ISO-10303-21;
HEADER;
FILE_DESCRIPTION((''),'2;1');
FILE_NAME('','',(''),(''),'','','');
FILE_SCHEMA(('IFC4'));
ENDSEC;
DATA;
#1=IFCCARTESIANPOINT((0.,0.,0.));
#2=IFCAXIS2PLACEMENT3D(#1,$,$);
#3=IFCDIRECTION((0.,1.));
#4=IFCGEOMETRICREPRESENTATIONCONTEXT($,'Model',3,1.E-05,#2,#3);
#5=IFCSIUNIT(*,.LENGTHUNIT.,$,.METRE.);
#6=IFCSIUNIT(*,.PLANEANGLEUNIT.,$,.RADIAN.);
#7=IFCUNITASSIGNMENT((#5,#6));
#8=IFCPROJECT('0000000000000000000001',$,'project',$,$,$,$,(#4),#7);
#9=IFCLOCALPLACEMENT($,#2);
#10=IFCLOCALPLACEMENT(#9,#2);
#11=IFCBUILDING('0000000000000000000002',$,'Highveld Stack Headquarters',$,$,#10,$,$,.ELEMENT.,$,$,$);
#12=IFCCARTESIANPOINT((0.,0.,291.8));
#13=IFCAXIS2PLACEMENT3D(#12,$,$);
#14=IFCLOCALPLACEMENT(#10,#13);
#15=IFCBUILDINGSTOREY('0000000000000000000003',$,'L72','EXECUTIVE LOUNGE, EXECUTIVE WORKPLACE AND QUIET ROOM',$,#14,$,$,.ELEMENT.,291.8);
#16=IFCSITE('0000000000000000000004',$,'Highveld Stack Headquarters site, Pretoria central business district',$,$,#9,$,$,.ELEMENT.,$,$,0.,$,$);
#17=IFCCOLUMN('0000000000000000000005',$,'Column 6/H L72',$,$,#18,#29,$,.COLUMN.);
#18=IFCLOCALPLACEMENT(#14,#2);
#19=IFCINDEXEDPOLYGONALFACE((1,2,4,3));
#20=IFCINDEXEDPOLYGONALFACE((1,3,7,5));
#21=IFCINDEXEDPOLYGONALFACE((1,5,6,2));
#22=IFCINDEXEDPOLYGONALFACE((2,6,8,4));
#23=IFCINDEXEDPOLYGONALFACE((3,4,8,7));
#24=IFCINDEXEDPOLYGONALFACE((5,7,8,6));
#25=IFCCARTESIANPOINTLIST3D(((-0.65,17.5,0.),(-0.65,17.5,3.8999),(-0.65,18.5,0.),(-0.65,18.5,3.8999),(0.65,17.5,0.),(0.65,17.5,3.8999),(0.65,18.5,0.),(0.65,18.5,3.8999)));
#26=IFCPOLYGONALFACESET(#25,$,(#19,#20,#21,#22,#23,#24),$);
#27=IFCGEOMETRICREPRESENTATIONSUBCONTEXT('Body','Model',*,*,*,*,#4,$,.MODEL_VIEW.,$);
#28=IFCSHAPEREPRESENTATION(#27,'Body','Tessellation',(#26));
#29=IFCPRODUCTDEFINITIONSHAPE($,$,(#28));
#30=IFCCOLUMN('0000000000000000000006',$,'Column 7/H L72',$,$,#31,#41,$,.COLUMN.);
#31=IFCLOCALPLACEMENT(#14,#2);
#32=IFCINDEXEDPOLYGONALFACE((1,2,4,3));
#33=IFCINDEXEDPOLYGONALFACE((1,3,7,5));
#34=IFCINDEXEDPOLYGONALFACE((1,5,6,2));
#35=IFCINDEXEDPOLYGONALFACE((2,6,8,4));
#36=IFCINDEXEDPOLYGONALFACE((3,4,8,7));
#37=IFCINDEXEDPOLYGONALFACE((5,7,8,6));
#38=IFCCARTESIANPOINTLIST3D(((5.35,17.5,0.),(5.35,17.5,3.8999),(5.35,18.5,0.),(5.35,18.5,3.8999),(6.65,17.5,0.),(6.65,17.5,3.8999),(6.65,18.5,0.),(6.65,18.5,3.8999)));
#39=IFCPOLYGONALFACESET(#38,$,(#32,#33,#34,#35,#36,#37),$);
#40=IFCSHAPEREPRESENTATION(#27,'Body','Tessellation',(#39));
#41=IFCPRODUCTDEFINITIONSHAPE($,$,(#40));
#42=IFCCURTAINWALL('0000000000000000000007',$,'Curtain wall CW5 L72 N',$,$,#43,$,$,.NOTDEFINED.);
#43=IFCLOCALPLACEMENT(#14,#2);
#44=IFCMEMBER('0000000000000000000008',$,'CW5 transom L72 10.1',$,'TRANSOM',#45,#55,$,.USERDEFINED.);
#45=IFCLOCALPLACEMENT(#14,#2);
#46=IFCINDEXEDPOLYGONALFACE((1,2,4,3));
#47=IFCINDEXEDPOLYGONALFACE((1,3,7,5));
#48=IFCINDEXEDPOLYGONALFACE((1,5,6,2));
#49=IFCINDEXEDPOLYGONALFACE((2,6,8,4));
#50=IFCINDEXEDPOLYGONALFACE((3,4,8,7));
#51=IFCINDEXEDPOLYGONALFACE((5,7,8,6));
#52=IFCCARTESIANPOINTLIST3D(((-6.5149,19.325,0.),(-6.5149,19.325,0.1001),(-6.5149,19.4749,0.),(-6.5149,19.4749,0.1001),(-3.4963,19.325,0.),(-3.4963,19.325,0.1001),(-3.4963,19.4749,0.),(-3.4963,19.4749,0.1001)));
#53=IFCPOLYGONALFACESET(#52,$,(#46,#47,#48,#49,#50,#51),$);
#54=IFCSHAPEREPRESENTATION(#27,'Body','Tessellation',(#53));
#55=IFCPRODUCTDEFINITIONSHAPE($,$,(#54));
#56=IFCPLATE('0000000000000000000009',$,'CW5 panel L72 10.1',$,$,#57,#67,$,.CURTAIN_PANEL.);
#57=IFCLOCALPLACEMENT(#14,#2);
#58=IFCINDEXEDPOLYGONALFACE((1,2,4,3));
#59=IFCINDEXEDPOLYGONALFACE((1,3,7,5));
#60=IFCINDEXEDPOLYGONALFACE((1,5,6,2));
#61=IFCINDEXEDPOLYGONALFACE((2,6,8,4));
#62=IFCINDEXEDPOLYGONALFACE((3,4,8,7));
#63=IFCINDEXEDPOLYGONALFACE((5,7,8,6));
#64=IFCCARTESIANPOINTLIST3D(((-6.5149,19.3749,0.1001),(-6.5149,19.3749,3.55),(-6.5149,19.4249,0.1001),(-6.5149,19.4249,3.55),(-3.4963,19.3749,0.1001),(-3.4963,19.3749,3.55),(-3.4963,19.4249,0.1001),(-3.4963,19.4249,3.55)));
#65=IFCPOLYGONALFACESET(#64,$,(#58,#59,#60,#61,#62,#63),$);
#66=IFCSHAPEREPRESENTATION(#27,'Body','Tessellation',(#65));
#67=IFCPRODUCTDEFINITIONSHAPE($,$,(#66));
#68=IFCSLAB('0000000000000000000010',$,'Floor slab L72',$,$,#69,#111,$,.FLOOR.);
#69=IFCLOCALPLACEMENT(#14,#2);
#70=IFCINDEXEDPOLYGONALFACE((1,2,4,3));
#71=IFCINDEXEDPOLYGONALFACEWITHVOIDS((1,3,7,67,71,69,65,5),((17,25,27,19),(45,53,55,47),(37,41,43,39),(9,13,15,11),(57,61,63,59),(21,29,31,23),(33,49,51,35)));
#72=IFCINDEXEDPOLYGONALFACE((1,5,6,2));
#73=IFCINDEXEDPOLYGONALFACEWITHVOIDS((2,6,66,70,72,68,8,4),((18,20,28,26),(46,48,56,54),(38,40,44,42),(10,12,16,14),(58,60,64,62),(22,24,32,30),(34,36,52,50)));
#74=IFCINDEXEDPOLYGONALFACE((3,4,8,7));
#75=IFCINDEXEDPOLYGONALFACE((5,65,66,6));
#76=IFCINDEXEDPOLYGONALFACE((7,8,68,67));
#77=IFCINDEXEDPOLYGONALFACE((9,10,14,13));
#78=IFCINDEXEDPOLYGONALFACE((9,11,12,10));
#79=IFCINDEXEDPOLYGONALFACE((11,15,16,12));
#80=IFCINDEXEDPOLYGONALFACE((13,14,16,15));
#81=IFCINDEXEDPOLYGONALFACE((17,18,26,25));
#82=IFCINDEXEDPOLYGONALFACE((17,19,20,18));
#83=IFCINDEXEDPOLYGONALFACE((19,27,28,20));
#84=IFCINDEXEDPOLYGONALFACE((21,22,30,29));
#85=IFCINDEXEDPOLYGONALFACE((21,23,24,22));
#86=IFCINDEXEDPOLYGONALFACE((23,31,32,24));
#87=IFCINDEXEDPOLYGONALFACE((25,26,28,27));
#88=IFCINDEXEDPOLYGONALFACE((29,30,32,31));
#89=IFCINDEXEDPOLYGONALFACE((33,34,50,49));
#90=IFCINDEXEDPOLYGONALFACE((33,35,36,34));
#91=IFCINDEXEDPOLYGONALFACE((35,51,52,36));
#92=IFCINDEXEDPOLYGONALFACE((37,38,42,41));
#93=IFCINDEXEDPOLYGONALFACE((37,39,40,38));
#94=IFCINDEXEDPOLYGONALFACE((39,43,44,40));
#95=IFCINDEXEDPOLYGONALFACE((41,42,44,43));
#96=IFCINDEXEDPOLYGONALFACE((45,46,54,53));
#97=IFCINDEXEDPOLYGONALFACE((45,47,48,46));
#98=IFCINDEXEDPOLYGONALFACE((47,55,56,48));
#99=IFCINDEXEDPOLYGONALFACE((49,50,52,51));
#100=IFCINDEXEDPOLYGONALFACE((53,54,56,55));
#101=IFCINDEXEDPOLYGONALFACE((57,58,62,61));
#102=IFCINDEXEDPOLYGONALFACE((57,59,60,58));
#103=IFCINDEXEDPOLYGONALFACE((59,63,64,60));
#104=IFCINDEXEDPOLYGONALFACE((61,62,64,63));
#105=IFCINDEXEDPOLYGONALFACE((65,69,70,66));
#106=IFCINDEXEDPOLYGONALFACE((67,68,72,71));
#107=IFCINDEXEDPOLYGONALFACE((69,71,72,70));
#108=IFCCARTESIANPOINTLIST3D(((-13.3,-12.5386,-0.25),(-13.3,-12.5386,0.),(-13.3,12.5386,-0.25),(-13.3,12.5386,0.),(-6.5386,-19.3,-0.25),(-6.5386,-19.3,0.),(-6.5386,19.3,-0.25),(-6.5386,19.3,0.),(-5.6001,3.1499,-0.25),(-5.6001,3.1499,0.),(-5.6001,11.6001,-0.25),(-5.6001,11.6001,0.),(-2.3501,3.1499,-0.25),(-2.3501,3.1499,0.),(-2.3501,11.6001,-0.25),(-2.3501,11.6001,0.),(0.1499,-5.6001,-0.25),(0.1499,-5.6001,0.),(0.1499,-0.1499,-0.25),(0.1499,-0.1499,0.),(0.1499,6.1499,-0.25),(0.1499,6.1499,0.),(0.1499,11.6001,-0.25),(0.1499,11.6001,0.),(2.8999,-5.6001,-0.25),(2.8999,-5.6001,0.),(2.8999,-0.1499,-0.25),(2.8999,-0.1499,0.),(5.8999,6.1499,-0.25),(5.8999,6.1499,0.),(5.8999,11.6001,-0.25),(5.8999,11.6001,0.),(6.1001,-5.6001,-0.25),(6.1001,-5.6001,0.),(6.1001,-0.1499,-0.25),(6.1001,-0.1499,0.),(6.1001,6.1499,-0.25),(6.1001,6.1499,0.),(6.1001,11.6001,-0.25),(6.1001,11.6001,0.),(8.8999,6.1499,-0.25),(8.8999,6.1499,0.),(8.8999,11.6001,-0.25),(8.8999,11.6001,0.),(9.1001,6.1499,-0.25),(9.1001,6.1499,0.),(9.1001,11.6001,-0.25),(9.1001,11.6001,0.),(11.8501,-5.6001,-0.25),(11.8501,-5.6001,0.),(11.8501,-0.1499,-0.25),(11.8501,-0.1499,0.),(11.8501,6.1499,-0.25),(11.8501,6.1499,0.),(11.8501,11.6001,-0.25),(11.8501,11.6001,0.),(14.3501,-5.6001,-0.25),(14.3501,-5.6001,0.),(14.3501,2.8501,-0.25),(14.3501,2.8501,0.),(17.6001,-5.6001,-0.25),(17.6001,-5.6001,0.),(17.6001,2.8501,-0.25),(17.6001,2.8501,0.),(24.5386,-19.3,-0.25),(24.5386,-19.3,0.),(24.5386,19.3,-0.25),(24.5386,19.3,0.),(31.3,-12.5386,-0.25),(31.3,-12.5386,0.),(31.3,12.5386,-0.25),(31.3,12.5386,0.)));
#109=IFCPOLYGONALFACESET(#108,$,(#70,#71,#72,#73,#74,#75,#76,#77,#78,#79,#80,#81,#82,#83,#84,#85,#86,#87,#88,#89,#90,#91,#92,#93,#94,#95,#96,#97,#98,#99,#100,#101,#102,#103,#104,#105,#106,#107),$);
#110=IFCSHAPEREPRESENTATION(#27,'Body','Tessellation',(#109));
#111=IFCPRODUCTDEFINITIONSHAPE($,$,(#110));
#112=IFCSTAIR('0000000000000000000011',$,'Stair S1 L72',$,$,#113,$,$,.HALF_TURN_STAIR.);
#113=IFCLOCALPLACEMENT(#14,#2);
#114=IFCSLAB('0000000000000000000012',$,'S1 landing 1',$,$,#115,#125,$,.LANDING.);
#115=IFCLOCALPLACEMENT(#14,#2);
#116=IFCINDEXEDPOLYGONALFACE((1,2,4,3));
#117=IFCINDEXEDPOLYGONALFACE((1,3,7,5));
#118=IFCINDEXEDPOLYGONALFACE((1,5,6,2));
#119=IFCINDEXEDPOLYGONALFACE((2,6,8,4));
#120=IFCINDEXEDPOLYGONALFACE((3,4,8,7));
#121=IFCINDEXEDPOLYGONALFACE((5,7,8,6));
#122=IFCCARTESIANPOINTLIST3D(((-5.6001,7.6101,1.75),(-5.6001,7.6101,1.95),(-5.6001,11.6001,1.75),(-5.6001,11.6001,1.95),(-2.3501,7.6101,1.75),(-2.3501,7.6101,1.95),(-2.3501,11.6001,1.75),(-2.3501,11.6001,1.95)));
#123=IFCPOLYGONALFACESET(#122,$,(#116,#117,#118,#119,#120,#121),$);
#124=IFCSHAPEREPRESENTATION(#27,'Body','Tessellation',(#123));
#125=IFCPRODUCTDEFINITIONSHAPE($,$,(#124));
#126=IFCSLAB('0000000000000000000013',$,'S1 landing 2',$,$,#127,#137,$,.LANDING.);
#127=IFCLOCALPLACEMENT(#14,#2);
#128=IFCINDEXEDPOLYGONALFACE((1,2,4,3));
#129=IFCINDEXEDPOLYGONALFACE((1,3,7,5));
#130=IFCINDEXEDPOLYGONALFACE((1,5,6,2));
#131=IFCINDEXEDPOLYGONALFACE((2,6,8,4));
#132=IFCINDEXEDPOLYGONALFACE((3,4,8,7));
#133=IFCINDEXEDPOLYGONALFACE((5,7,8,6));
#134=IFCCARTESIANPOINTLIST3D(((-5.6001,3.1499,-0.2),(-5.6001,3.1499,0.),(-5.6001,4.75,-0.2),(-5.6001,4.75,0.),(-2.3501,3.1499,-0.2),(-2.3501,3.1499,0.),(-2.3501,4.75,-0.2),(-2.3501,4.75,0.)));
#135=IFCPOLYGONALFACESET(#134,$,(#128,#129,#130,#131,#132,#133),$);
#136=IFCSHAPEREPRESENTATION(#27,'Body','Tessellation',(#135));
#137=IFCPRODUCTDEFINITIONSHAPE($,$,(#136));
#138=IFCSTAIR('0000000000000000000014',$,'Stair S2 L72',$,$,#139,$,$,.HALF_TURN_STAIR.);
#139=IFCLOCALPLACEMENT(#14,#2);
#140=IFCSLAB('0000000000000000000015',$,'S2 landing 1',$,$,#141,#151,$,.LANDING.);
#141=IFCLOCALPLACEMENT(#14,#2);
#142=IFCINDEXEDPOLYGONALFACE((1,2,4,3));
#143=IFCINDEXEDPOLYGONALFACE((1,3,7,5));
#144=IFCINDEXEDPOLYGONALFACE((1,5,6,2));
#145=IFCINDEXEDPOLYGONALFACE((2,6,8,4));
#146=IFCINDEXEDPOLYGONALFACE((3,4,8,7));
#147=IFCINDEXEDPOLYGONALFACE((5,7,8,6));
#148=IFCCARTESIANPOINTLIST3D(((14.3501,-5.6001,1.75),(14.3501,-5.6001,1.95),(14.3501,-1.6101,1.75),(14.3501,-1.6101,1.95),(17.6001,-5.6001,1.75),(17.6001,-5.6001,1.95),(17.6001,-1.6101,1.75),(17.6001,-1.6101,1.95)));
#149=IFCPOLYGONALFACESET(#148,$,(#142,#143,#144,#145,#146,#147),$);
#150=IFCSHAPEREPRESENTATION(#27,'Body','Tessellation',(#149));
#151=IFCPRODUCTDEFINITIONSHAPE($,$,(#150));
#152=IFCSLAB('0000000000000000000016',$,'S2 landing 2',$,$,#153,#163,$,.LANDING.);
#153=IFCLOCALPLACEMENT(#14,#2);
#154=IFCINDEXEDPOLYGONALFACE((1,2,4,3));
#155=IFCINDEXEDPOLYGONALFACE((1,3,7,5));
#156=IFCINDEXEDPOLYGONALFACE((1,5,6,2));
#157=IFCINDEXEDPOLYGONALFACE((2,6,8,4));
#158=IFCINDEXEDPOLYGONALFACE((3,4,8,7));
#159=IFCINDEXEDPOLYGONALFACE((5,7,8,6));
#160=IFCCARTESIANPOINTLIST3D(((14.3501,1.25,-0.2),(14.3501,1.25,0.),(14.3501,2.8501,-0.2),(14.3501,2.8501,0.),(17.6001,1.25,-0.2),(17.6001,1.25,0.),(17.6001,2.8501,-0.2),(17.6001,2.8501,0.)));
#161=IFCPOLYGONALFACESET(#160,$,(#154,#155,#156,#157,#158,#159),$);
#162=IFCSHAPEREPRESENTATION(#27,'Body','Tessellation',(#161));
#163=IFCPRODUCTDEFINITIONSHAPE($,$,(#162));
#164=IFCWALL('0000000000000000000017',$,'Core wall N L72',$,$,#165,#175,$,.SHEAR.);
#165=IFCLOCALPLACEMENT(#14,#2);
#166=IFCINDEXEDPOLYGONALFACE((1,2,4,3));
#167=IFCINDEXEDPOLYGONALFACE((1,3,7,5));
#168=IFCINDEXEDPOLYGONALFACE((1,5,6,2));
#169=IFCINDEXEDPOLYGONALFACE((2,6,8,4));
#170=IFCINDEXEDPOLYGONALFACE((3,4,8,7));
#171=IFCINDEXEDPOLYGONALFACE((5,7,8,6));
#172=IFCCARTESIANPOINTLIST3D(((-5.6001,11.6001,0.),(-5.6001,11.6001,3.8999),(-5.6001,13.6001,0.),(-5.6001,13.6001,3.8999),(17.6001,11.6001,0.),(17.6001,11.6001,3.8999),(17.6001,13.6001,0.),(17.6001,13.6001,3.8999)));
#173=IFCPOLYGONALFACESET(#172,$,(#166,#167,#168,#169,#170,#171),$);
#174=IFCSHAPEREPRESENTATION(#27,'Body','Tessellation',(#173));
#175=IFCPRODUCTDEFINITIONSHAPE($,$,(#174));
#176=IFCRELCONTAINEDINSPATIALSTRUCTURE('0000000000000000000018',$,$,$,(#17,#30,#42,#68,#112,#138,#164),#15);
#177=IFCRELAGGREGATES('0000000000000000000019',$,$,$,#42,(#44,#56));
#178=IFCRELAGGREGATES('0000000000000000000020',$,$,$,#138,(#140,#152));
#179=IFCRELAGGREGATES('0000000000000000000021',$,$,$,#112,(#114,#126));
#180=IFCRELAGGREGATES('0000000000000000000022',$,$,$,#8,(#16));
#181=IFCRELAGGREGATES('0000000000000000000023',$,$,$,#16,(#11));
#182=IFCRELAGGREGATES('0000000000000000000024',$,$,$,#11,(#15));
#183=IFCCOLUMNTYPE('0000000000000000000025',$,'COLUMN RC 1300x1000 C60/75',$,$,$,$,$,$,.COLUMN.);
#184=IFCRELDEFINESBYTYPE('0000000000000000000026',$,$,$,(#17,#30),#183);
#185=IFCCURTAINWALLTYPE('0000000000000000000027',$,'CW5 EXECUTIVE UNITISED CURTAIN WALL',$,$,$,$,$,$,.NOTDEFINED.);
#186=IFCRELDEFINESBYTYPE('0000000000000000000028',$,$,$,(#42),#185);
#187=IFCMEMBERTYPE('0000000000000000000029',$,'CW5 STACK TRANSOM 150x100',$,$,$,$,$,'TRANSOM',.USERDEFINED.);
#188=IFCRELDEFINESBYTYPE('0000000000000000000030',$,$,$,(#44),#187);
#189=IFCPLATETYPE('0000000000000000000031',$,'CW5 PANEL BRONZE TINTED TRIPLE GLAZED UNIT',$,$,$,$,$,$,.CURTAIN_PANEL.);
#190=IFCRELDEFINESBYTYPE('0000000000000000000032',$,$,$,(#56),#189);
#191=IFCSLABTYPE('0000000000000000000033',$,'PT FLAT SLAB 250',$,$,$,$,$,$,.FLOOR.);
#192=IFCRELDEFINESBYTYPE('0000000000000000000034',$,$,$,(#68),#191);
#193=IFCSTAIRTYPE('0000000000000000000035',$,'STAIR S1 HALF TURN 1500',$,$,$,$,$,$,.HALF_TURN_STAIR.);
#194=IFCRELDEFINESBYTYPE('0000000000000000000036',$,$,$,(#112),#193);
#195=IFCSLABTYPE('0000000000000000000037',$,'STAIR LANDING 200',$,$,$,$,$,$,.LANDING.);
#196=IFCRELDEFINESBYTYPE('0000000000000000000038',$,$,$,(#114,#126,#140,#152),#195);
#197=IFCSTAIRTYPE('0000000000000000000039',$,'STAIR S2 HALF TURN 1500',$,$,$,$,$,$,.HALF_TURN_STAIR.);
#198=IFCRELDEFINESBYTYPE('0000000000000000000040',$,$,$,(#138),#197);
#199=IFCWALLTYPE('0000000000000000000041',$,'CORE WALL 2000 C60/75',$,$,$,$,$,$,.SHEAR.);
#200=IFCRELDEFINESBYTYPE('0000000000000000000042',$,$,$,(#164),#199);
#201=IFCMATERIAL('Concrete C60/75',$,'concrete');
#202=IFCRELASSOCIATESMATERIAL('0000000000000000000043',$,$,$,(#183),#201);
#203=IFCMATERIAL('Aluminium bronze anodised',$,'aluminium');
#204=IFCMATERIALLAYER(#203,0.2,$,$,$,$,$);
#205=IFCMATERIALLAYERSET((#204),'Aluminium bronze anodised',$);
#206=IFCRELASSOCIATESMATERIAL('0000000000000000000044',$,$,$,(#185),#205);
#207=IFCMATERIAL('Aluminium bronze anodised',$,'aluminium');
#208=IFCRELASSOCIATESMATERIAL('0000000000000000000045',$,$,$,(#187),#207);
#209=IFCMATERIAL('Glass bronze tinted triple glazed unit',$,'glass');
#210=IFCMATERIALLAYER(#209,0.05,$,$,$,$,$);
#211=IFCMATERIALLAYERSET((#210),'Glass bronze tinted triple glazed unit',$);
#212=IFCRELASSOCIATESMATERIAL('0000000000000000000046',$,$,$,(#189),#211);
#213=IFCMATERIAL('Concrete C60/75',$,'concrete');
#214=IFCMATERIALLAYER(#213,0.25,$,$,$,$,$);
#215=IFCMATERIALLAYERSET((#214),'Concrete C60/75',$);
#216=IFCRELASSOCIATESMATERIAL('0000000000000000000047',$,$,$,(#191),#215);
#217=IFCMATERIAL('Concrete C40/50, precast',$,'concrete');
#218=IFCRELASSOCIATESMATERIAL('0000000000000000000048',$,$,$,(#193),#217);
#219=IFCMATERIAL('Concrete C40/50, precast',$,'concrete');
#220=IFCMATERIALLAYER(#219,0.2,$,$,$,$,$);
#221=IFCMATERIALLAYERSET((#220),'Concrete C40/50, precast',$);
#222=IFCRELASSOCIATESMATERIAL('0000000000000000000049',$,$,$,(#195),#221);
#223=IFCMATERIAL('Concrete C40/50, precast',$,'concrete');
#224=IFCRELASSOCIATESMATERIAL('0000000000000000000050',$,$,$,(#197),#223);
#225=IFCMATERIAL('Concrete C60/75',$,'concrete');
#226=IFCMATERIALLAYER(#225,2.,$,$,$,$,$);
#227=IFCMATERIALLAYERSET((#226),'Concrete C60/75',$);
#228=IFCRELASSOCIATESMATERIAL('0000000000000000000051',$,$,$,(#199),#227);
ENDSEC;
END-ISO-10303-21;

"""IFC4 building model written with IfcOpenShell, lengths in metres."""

from ifc_helpers import new_model, si_unit, direction, frame, frame_2d, origin, origin_2d, place, context, subcontext, project, spatial, polyline, rectangle, outline, extrude, material, layer, layer_set, material_profile, profile_set, type_object, element, aggregate, save


model = new_model("IFC4")

# Units and contexts
model_context = context("Model", 3, precision=1e-05, world=origin(), true_north=direction((0.0, 1.0)))
body_context = subcontext(model_context, "Body", "Model", "MODEL_VIEW")
ifc_project = project(units=[si_unit("LENGTHUNIT", "METRE"), si_unit("PLANEANGLEUNIT", "RADIAN")], contexts=[model_context])

# Site, building, storey
site_placement = place(None, origin())
site = spatial("IfcSite", under=ifc_project, at=site_placement, Name="Highveld Stack Headquarters site, Pretoria central business district", CompositionType="ELEMENT", RefElevation=0.0)
building_placement = place(site_placement, origin())
building = spatial("IfcBuilding", under=site, at=building_placement, Name="Highveld Stack Headquarters", CompositionType="ELEMENT")
storey_placement = place(building_placement, frame((0.0, 0.0, 291.8)))
storey = spatial("IfcBuildingStorey", under=building, at=storey_placement, Name="L72", Description="EXECUTIVE LOUNGE, EXECUTIVE WORKPLACE AND QUIET ROOM", CompositionType="ELEMENT", Elevation=291.8)

# Columns
ifc_material_1 = material(Name="Concrete C60/75", Category="concrete")
ifc_material_profile_1 = material_profile(ifc_material_1, rectangle(XDim=1.3, YDim=1.0, at=origin_2d()), Name="RC 1300x1000")
ifc_profile_set_1 = profile_set([ifc_material_profile_1], Name="Concrete C60/75")
column_type = type_object("IfcColumnType", Name="COLUMN RC 1300x1000 C60/75", PredefinedType="COLUMN", material=ifc_profile_set_1)
for number, where, z_axis, x_axis, name in (
    (1, (0.0, 18.0, 0.0), (0.0, 0.0, 1.0), (1.0, 0.0, 0.0), "Column 6/H L72"),
    (2, (6.0, 18.0, 0.0), (0.0, 0.0, 1.0), (1.0, 0.0, 0.0), "Column 7/H L72"),
):
    element("IfcColumn", number, at=place(storey_placement, frame(where, z_axis=z_axis, x_axis=x_axis)), inside=storey, type_object=column_type, Name=name, PredefinedType="COLUMN", context=body_context, shape_type="SweptSolid", body=[
        extrude(rectangle(XDim=1.3, YDim=1.0, at=origin_2d()), origin(), (0.0, 0.0, 1.0), 3.8999),
    ])

# Curtain wall, member, plate
ifc_material_2 = material(Name="Aluminium bronze anodised", Category="aluminium")
ifc_layer_1 = layer(ifc_material_2, 0.2)
ifc_layer_set_1 = layer_set([ifc_layer_1], Name="Aluminium bronze anodised")
curtain_wall_type = type_object("IfcCurtainWallType", Name="CW5 EXECUTIVE UNITISED CURTAIN WALL", PredefinedType="NOTDEFINED", material=ifc_layer_set_1)
curtain_wall_placement = place(storey_placement, origin())
curtain_wall = element("IfcCurtainWall", 3, at=curtain_wall_placement, inside=storey, type_object=curtain_wall_type, Name="Curtain wall CW5 L72 N", PredefinedType="NOTDEFINED")
ifc_material_3 = material(Name="Aluminium bronze anodised", Category="aluminium")
ifc_material_profile_2 = material_profile(ifc_material_3, rectangle(XDim=0.1499, YDim=0.1001, at=origin_2d()), Name="CW5 TRANSOM 150x100")
ifc_profile_set_2 = profile_set([ifc_material_profile_2], Name="Aluminium bronze anodised")
member_type = type_object("IfcMemberType", Name="CW5 STACK TRANSOM 150x100", ElementType="TRANSOM", PredefinedType="USERDEFINED", material=ifc_profile_set_2)
member_placement = place(storey_placement, frame((-3.4963, 19.3999, 0.05), z_axis=(-1.0, 0.0, 0.0), x_axis=(0.0, -1.0, 0.0)))
member = element("IfcMember", 4, at=member_placement, type_object=member_type, Name="CW5 transom L72 10.1", ObjectType="TRANSOM", PredefinedType="USERDEFINED", context=body_context, shape_type="SweptSolid", body=[
    extrude(rectangle(XDim=0.1499, YDim=0.1001, at=origin_2d()), origin(), (0.0, 0.0, 1.0), 3.0186),
])
ifc_material_4 = material(Name="Glass bronze tinted triple glazed unit", Category="glass")
ifc_layer_2 = layer(ifc_material_4, 0.05)
ifc_layer_set_2 = layer_set([ifc_layer_2], Name="Glass bronze tinted triple glazed unit")
plate_type = type_object("IfcPlateType", Name="CW5 PANEL BRONZE TINTED TRIPLE GLAZED UNIT", PredefinedType="CURTAIN_PANEL", material=ifc_layer_set_2)
plate_placement = place(storey_placement, frame((-5.0056, 19.3999, 0.1001), z_axis=(0.0, 0.0, 1.0), x_axis=(-1.0, 0.0, 0.0)))
plate = element("IfcPlate", 5, at=plate_placement, type_object=plate_type, Name="CW5 panel L72 10.1", PredefinedType="CURTAIN_PANEL", context=body_context, shape_type="SweptSolid", body=[
    extrude(rectangle(XDim=3.0186, YDim=0.05, at=origin_2d()), origin(), (0.0, 0.0, 1.0), 3.45),
])
aggregate(curtain_wall, [member, plate])

# Slab
ifc_material_5 = material(Name="Concrete C60/75", Category="concrete")
ifc_layer_3 = layer(ifc_material_5, 0.25)
ifc_layer_set_3 = layer_set([ifc_layer_3], Name="Concrete C60/75")
slab_type_1 = type_object("IfcSlabType", Name="PT FLAT SLAB 250", PredefinedType="FLOOR", material=ifc_layer_set_3)
slab_1_placement = place(storey_placement, frame((0.0, 0.0, -0.25)))
element("IfcSlab", 6, at=slab_1_placement, inside=storey, type_object=slab_type_1, Name="Floor slab L72", PredefinedType="FLOOR", context=body_context, shape_type="SweptSolid", body=[
    extrude(outline(polyline([(-6.5386, -19.3), (24.5386, -19.3), (31.3, -12.5386), (31.3, 12.5386), (24.5386, 19.3), (-6.5386, 19.3), (-13.3, 12.5386), (-13.3, -12.5386), (-6.5386, -19.3)]), holes=[polyline([(0.1499, 6.1499), (5.8999, 6.1499), (5.8999, 11.6001), (0.1499, 11.6001), (0.1499, 6.1499)]), polyline([(9.1001, 6.1499), (11.8501, 6.1499), (11.8501, 11.6001), (9.1001, 11.6001), (9.1001, 6.1499)]), polyline([(6.1001, 6.1499), (8.8999, 6.1499), (8.8999, 11.6001), (6.1001, 11.6001), (6.1001, 6.1499)]), polyline([(6.1001, -5.6001), (11.8501, -5.6001), (11.8501, -0.1499), (6.1001, -0.1499), (6.1001, -5.6001)]), polyline([(0.1499, -5.6001), (2.8999, -5.6001), (2.8999, -0.1499), (0.1499, -0.1499), (0.1499, -5.6001)]), polyline([(-5.6001, 3.1499), (-2.3501, 3.1499), (-2.3501, 11.6001), (-5.6001, 11.6001), (-5.6001, 3.1499)]), polyline([(14.3501, -5.6001), (17.6001, -5.6001), (17.6001, 2.8501), (14.3501, 2.8501), (14.3501, -5.6001)])]), origin(), (0.0, 0.0, 1.0), 0.25),
])

# Stairs, slabs
ifc_material_6 = material(Name="Concrete C40/50, precast", Category="concrete")
stair_type_1 = type_object("IfcStairType", Name="STAIR S1 HALF TURN 1500", PredefinedType="HALF_TURN_STAIR", material=ifc_material_6)
stair_1_placement = place(storey_placement, origin())
stair_1 = element("IfcStair", 7, at=stair_1_placement, inside=storey, type_object=stair_type_1, Name="Stair S1 L72", PredefinedType="HALF_TURN_STAIR")
ifc_material_7 = material(Name="Concrete C40/50, precast", Category="concrete")
ifc_layer_4 = layer(ifc_material_7, 0.2)
ifc_layer_set_4 = layer_set([ifc_layer_4], Name="Concrete C40/50, precast")
slab_type_2 = type_object("IfcSlabType", Name="STAIR LANDING 200", PredefinedType="LANDING", material=ifc_layer_set_4)
slab_2_placement = place(storey_placement, frame((0.0, 0.0, 1.75)))
slab_2 = element("IfcSlab", 8, at=slab_2_placement, type_object=slab_type_2, Name="S1 landing 1", PredefinedType="LANDING", context=body_context, shape_type="SweptSolid", body=[
    extrude(outline(polyline([(-5.6001, 7.6101), (-2.3501, 7.6101), (-2.3501, 11.6001), (-5.6001, 11.6001), (-5.6001, 7.6101)])), origin(), (0.0, 0.0, 1.0), 0.2),
])
slab_3_placement = place(storey_placement, frame((0.0, 0.0, -0.2)))
slab_3 = element("IfcSlab", 9, at=slab_3_placement, type_object=slab_type_2, Name="S1 landing 2", PredefinedType="LANDING", context=body_context, shape_type="SweptSolid", body=[
    extrude(outline(polyline([(-5.6001, 3.1499), (-2.3501, 3.1499), (-2.3501, 4.75), (-5.6001, 4.75), (-5.6001, 3.1499)])), origin(), (0.0, 0.0, 1.0), 0.2),
])
ifc_material_8 = material(Name="Concrete C40/50, precast", Category="concrete")
stair_type_2 = type_object("IfcStairType", Name="STAIR S2 HALF TURN 1500", PredefinedType="HALF_TURN_STAIR", material=ifc_material_8)
stair_2_placement = place(storey_placement, origin())
stair_2 = element("IfcStair", 10, at=stair_2_placement, inside=storey, type_object=stair_type_2, Name="Stair S2 L72", PredefinedType="HALF_TURN_STAIR")
slab_4_placement = place(storey_placement, frame((0.0, 0.0, 1.75)))
slab_4 = element("IfcSlab", 11, at=slab_4_placement, type_object=slab_type_2, Name="S2 landing 1", PredefinedType="LANDING", context=body_context, shape_type="SweptSolid", body=[
    extrude(outline(polyline([(14.3501, -5.6001), (17.6001, -5.6001), (17.6001, -1.6101), (14.3501, -1.6101), (14.3501, -5.6001)])), origin(), (0.0, 0.0, 1.0), 0.2),
])
slab_5_placement = place(storey_placement, frame((0.0, 0.0, -0.2)))
slab_5 = element("IfcSlab", 12, at=slab_5_placement, type_object=slab_type_2, Name="S2 landing 2", PredefinedType="LANDING", context=body_context, shape_type="SweptSolid", body=[
    extrude(outline(polyline([(14.3501, 1.25), (17.6001, 1.25), (17.6001, 2.8501), (14.3501, 2.8501), (14.3501, 1.25)])), origin(), (0.0, 0.0, 1.0), 0.2),
])
aggregate(stair_2, [slab_4, slab_5])

# Wall
ifc_material_9 = material(Name="Concrete C60/75", Category="concrete")
ifc_layer_5 = layer(ifc_material_9, 2.0)
ifc_layer_set_5 = layer_set([ifc_layer_5], Name="Concrete C60/75")
wall_type_1 = type_object("IfcWallType", Name="CORE WALL 2000 C60/75", PredefinedType="SHEAR", material=ifc_layer_set_5)
wall_1_placement = place(storey_placement, frame((-5.6001, 12.6001, 0.0), z_axis=(0.0, 0.0, 1.0), x_axis=(1.0, 0.0, 0.0)))
element("IfcWall", 13, at=wall_1_placement, inside=storey, type_object=wall_type_1, Name="Core wall N L72", PredefinedType="SHEAR", context=body_context, shape_type="SweptSolid", body=[
    extrude(rectangle(XDim=23.2002, YDim=2.0, at=frame_2d((11.6001, 0.0))), origin(), (0.0, 0.0, 1.0), 3.8999),
])

aggregate(stair_1, [slab_2, slab_3])

save(model, "model.ifc")
